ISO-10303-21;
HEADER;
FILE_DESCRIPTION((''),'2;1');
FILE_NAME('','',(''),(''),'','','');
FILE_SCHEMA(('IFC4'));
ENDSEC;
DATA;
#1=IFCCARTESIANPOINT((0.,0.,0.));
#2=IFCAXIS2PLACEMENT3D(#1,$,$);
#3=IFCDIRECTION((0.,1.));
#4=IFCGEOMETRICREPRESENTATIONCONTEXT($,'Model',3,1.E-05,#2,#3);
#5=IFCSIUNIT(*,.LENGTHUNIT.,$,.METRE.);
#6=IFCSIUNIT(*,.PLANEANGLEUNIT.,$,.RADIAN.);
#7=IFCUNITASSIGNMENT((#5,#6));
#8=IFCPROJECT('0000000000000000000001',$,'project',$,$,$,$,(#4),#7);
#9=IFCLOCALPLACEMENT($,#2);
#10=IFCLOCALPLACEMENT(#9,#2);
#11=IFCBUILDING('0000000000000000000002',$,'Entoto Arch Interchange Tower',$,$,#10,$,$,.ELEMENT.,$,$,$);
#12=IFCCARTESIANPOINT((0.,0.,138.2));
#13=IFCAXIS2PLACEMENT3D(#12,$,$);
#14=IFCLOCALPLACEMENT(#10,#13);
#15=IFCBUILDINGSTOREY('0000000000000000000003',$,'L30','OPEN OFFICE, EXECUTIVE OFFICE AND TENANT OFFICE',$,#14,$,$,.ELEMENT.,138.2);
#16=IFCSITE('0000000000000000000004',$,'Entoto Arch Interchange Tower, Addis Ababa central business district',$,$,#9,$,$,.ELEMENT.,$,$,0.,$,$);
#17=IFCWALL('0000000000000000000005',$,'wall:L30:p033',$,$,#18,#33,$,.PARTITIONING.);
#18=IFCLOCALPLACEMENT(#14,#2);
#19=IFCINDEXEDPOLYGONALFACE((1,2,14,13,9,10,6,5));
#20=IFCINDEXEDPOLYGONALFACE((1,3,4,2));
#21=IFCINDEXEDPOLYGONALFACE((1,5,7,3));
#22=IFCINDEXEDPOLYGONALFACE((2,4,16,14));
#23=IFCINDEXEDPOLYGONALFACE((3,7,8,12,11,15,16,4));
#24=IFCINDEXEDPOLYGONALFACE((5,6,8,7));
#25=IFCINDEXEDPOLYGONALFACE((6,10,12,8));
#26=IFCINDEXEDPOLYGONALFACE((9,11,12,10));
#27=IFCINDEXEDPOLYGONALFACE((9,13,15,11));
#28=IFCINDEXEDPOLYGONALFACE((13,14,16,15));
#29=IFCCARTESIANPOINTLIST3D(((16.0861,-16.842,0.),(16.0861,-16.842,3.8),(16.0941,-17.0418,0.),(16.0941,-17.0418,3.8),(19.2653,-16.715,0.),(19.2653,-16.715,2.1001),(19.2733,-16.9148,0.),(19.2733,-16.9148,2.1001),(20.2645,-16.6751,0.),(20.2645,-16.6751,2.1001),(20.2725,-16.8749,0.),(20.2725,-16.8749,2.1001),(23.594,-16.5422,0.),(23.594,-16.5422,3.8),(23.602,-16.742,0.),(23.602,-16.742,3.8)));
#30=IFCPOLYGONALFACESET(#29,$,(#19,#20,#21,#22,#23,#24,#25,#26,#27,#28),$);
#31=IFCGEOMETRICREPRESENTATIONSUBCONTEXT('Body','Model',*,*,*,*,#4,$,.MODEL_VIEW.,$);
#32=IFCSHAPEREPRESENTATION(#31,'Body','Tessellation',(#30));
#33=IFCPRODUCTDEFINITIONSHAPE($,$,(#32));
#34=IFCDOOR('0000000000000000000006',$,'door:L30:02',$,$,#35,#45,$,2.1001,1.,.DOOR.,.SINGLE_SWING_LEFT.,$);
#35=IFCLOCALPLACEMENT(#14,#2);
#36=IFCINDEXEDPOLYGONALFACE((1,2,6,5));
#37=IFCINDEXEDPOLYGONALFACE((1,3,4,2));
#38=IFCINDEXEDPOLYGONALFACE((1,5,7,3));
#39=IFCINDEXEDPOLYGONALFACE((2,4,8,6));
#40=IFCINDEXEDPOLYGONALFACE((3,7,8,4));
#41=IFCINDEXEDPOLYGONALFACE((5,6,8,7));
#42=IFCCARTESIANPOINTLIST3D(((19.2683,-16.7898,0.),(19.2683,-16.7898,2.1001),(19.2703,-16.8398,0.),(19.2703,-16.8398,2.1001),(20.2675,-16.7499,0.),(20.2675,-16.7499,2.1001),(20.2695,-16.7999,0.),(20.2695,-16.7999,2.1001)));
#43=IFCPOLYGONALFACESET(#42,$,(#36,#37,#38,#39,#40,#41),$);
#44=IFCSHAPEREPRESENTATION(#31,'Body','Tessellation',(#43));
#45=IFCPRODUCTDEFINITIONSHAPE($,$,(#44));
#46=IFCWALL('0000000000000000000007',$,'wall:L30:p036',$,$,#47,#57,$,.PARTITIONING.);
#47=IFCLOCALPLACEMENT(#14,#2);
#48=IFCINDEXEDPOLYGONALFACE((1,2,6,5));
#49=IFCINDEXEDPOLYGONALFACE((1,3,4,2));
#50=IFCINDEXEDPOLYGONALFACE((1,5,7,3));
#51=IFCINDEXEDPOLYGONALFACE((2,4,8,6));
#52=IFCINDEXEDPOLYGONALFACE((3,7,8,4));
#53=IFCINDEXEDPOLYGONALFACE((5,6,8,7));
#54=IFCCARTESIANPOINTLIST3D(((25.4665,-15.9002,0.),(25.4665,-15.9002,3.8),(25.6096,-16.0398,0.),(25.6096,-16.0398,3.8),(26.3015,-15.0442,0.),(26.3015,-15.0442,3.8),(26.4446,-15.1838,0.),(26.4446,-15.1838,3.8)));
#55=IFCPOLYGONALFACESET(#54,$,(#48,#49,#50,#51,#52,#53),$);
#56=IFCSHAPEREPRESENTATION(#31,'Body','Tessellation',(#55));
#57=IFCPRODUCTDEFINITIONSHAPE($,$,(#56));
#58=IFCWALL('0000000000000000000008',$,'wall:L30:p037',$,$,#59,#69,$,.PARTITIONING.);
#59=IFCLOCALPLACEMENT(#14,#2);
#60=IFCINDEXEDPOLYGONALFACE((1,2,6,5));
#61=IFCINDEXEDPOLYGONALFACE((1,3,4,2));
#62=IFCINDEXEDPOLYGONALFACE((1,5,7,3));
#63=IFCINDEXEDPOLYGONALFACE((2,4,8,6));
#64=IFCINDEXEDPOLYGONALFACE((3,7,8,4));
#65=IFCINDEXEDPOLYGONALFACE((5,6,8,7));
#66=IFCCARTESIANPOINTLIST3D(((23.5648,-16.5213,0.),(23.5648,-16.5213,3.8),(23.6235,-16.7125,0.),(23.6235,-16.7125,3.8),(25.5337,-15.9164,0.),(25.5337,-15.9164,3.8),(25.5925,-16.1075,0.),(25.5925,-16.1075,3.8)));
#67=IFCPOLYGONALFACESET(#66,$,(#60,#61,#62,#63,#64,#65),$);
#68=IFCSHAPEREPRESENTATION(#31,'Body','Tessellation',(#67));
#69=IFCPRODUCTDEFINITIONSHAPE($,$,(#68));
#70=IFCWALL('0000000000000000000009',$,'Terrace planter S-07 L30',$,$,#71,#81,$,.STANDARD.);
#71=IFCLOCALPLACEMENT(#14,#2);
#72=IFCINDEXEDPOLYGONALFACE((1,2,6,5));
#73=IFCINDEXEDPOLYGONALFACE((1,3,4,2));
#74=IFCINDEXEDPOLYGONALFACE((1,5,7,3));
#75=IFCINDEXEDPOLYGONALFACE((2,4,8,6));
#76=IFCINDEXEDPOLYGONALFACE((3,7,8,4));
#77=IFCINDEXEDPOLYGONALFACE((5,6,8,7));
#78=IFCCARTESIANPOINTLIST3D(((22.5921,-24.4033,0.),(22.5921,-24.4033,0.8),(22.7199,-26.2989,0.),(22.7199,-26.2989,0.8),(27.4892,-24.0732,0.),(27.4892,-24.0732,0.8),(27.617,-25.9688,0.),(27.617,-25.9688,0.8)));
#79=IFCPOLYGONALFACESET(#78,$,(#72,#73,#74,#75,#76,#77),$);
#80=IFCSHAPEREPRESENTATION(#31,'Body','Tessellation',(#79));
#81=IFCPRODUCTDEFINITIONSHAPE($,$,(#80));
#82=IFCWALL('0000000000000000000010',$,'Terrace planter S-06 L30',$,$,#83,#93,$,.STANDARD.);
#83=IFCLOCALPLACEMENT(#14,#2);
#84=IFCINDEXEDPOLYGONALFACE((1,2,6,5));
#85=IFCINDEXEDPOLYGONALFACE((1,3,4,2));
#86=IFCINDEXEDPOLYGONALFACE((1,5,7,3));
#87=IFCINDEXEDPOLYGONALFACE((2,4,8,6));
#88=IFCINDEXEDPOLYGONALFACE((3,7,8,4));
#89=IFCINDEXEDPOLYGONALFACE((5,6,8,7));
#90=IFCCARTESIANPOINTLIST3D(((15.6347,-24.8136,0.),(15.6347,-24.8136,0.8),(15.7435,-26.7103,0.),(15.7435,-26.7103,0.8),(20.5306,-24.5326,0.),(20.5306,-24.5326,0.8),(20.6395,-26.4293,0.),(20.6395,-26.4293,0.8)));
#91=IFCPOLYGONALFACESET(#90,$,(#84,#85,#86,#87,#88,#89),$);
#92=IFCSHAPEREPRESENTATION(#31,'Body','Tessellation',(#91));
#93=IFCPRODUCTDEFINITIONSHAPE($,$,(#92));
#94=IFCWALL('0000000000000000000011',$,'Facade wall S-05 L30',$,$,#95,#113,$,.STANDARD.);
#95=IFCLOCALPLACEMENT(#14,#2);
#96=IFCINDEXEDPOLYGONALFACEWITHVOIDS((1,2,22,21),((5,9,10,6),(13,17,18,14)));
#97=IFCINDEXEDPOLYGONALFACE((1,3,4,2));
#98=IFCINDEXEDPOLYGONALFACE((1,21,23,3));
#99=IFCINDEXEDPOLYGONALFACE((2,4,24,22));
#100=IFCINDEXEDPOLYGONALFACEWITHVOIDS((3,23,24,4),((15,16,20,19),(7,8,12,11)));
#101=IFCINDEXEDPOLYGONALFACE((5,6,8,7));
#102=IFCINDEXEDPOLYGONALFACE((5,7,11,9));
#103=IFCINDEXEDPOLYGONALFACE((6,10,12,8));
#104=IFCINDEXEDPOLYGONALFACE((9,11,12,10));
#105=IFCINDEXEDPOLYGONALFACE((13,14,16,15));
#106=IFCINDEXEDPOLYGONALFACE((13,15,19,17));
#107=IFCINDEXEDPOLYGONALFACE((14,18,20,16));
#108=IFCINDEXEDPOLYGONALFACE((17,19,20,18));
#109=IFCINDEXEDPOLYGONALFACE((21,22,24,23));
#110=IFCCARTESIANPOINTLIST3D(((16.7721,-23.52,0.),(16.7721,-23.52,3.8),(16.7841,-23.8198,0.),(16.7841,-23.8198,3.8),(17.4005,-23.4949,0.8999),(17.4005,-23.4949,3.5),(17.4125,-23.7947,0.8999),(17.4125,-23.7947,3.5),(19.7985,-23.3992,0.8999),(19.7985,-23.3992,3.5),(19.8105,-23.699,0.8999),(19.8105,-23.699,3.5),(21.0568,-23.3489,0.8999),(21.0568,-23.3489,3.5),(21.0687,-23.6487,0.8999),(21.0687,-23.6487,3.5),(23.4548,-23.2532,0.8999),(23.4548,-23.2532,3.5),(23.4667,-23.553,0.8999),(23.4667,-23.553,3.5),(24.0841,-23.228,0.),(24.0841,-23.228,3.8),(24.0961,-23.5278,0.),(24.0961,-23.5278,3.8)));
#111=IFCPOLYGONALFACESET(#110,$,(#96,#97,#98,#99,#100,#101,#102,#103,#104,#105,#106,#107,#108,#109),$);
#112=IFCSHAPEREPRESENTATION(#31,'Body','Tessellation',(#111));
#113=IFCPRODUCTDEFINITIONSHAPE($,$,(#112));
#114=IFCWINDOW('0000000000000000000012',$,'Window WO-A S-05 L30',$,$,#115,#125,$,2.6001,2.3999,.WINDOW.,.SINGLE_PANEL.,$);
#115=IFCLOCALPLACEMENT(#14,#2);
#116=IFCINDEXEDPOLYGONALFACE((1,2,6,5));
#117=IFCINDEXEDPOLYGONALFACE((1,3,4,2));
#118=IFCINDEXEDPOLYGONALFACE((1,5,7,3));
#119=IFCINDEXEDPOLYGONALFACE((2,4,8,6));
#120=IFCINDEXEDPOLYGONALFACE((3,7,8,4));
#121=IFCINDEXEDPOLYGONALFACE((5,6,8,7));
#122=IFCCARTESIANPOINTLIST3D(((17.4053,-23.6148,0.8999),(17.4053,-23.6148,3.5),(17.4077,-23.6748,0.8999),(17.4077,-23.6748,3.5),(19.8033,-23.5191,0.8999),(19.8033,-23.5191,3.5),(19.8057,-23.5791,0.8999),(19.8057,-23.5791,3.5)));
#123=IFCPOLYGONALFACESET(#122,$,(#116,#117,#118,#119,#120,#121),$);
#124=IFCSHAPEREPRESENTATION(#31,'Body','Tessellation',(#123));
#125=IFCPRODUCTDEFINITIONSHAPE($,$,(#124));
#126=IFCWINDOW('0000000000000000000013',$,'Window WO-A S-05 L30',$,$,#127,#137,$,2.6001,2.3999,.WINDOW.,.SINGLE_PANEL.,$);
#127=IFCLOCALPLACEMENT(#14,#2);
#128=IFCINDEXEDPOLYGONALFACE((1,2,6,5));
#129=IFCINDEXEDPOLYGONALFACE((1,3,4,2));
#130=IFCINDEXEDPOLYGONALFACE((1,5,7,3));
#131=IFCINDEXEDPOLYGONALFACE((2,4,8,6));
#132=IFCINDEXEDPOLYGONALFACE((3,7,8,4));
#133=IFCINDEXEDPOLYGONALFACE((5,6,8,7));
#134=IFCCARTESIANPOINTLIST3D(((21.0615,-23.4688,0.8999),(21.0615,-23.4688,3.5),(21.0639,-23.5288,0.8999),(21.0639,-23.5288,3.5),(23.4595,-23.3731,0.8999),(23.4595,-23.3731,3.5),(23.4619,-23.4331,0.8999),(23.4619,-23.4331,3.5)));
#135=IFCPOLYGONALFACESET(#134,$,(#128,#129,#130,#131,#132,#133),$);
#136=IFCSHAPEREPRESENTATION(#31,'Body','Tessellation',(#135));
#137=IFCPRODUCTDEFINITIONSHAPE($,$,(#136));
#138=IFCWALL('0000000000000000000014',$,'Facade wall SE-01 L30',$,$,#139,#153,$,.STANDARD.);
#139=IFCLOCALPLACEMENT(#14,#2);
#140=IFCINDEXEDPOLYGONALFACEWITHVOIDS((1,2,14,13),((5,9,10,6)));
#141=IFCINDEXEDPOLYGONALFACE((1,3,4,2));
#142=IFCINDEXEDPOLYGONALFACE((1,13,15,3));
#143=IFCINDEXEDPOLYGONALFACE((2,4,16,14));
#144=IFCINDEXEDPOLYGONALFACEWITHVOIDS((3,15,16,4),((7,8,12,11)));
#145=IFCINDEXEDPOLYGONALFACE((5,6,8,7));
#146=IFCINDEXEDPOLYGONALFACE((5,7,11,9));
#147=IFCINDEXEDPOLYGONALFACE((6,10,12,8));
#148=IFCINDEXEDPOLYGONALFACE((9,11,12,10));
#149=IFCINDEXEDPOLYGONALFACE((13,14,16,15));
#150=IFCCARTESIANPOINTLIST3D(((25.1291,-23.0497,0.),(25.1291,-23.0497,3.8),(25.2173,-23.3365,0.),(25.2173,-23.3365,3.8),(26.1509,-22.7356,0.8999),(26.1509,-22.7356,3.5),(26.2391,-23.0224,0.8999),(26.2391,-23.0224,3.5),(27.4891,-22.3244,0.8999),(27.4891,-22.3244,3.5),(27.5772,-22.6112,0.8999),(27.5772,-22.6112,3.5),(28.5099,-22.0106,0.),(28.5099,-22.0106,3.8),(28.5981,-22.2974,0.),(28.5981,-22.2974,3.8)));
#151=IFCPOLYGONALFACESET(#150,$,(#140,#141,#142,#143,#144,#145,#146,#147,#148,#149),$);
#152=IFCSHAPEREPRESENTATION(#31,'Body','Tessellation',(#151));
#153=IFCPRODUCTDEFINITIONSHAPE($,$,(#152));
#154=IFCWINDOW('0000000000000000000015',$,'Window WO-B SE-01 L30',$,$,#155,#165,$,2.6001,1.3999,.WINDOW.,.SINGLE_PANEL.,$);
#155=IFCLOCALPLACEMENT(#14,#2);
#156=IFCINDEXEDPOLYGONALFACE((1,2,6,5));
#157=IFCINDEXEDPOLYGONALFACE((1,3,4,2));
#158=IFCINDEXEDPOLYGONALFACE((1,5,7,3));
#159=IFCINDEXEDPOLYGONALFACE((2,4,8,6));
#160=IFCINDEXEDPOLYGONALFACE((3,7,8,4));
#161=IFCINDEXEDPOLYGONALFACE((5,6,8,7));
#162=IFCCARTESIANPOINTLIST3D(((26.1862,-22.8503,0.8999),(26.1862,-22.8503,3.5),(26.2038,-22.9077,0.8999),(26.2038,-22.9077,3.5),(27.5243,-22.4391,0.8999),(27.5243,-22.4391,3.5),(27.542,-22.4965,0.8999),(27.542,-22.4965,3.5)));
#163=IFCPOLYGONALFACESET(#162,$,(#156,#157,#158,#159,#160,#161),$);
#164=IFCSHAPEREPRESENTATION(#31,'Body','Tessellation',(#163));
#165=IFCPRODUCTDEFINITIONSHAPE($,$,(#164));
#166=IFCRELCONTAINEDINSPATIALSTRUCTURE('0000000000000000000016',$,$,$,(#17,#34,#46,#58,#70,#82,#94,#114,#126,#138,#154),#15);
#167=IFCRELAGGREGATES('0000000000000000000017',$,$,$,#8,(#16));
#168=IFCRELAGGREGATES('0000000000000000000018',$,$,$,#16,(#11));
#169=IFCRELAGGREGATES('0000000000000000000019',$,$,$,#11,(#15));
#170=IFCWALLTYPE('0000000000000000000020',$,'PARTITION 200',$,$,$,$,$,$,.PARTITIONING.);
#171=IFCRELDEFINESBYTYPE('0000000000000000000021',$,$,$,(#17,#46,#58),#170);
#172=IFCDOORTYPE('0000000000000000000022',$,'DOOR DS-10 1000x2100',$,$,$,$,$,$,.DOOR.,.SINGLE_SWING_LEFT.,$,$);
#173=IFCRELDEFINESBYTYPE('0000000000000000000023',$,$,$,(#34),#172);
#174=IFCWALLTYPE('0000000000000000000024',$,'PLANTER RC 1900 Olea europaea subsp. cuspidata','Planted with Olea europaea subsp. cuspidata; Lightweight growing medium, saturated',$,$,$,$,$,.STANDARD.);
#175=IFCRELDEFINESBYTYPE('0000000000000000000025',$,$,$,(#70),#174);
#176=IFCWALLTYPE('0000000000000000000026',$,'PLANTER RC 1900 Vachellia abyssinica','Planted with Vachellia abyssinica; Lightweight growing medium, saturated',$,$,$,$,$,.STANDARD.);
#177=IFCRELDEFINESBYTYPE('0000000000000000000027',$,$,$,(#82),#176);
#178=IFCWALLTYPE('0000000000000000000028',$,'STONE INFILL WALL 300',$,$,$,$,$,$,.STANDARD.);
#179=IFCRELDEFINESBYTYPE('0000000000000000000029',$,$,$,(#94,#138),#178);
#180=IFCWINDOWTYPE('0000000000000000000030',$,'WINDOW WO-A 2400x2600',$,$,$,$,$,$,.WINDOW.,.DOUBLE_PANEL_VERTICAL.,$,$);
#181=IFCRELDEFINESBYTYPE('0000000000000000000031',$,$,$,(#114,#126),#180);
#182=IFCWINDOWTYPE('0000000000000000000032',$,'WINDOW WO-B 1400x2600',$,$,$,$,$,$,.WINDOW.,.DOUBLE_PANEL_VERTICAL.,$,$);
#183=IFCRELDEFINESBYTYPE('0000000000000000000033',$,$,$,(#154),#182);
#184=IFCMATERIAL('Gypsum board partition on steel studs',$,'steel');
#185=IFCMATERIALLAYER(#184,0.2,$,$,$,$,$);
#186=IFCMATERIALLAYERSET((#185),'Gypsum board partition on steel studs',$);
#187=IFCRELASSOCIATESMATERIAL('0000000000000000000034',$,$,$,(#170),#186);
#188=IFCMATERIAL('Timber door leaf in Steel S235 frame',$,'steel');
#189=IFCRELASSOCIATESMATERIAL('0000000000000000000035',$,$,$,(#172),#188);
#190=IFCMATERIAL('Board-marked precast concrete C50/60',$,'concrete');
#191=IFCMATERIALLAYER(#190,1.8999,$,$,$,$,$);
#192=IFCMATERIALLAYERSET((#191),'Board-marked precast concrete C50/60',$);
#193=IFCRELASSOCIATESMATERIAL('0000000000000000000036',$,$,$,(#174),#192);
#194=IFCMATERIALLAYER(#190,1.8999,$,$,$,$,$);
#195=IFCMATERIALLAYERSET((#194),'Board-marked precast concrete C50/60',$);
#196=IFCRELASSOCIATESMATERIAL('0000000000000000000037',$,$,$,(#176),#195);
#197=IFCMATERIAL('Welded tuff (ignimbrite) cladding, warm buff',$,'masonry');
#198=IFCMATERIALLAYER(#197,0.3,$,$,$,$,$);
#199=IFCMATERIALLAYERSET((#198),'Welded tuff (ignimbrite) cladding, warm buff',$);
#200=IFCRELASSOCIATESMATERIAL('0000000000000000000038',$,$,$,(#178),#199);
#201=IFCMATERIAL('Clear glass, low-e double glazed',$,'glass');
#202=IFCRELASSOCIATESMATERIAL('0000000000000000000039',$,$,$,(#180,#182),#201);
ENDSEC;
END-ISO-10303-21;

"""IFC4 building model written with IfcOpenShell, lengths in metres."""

from ifc_helpers import new_model, si_unit, direction, frame, frame_2d, origin, place, context, subcontext, project, spatial, rectangle, extrude, material, layer, layer_set, type_object, element, fill, save


model = new_model("IFC4")

# Units and contexts
model_context = context("Model", 3, precision=1e-05, world=origin(), true_north=direction((0.0, 1.0)))
body_context = subcontext(model_context, "Body", "Model", "MODEL_VIEW")
ifc_project = project(units=[si_unit("LENGTHUNIT", "METRE"), si_unit("PLANEANGLEUNIT", "RADIAN")], contexts=[model_context])

# Site, building, storey
site_placement = place(None, origin())
site = spatial("IfcSite", under=ifc_project, at=site_placement, Name="Entoto Arch Interchange Tower, Addis Ababa central business district", CompositionType="ELEMENT", RefElevation=0.0)
building_placement = place(site_placement, origin())
building = spatial("IfcBuilding", under=site, at=building_placement, Name="Entoto Arch Interchange Tower", CompositionType="ELEMENT")
storey_placement = place(building_placement, frame((0.0, 0.0, 138.2)))
storey = spatial("IfcBuildingStorey", under=building, at=storey_placement, Name="L30", Description="OPEN OFFICE, EXECUTIVE OFFICE AND TENANT OFFICE", CompositionType="ELEMENT", Elevation=138.2)

# Shared definitions
ifc_material_1 = material(Name="Gypsum board partition on steel studs", Category="steel")
ifc_layer_1 = layer(ifc_material_1, 0.2)
ifc_layer_set_1 = layer_set([ifc_layer_1], Name="Gypsum board partition on steel studs")
wall_type_1 = type_object("IfcWallType", Name="PARTITION 200", PredefinedType="PARTITIONING", material=ifc_layer_set_1)

# Wall, opening, door
ifc_material_2 = material(Name="Timber door leaf in Steel S235 frame", Category="steel")
door_type = type_object("IfcDoorType", Name="DOOR DS-10 1000x2100", OperationType="SINGLE_SWING_LEFT", PredefinedType="DOOR", material=ifc_material_2)
wall_1_placement = place(storey_placement, frame((23.5979, -16.6421, 0.0), z_axis=(0.0, 0.0, 1.0), x_axis=(-0.999204, -0.039901, 0.0)))
wall_1 = element("IfcWall", 1, at=wall_1_placement, inside=storey, type_object=wall_type_1, Name="wall:L30:p033", PredefinedType="PARTITIONING", context=body_context, shape_type="SweptSolid", body=[
    extrude(rectangle(XDim=7.5139, YDim=0.2, at=frame_2d((3.7568, 0.0))), origin(), (0.0, 0.0, 1.0), 3.8),
])
opening_1_placement = place(wall_1_placement, frame((3.332, 0.0, 0.0)))
opening_1 = element("IfcOpeningElement", 2, at=opening_1_placement, cuts=wall_1, PredefinedType="OPENING", context=body_context, shape_type="SweptSolid", body=[
    extrude(rectangle(XDim=1.0, YDim=2.1001, at=frame_2d((0.5, 1.05))), frame((0.0, 0.1099, 0.0), z_axis=(0.0, -1.0, 0.0), x_axis=(1.0, 0.0, 0.0)), (0.0, 0.0, 1.0), 0.22),
])
door_1_placement = place(opening_1_placement, origin())
door_1 = element("IfcDoor", 3, at=door_1_placement, inside=storey, type_object=door_type, Name="door:L30:02", OperationType="SINGLE_SWING_LEFT", OverallHeight=2.1001, OverallWidth=1.0, PredefinedType="DOOR", context=body_context, shape_type="SweptSolid", body=[
    extrude(rectangle(XDim=1.0, YDim=2.1001, at=frame_2d((0.5, 1.05))), frame((0.0, 0.0249, 0.0), z_axis=(0.0, -1.0, 0.0), x_axis=(1.0, 0.0, 0.0)), (0.0, 0.0, 1.0), 0.05),
])
fill(opening_1, door_1)

# Walls
wall_2_placement = place(storey_placement, frame((26.373, -15.114, 0.0), z_axis=(0.0, 0.0, 1.0), x_axis=(-0.698273, -0.715832, 0.0)))
element("IfcWall", 4, at=wall_2_placement, inside=storey, type_object=wall_type_1, Name="wall:L30:p036", PredefinedType="PARTITIONING", context=body_context, shape_type="SweptSolid", body=[
    extrude(rectangle(XDim=1.1958, YDim=0.2, at=frame_2d((0.5979, 0.0))), origin(), (0.0, 0.0, 1.0), 3.8),
])
wall_3_placement = place(storey_placement, frame((25.563, -16.012, 0.0), z_axis=(0.0, 0.0, 1.0), x_axis=(-0.955897, -0.293703, 0.0)))
element("IfcWall", 5, at=wall_3_placement, inside=storey, type_object=wall_type_1, Name="wall:L30:p037", PredefinedType="PARTITIONING", context=body_context, shape_type="SweptSolid", body=[
    extrude(rectangle(XDim=2.0598, YDim=0.2, at=frame_2d((1.0298, 0.0))), origin(), (0.0, 0.0, 1.0), 3.8),
])
ifc_material_3 = material(Name="Board-marked precast concrete C50/60", Category="concrete")
ifc_layer_2 = layer(ifc_material_3, 1.8999)
ifc_layer_set_2 = layer_set([ifc_layer_2], Name="Board-marked precast concrete C50/60")
wall_type_2 = type_object("IfcWallType", Name="PLANTER RC 1900 Olea europaea subsp. cuspidata", Description="Planted with Olea europaea subsp. cuspidata; Lightweight growing medium, saturated", PredefinedType="STANDARD", material=ifc_layer_set_2)
wall_4_placement = place(storey_placement, frame((22.656, -25.3511, 0.0), z_axis=(0.0, 0.0, 1.0), x_axis=(0.997736, 0.067252, 0.0)))
element("IfcWall", 6, at=wall_4_placement, inside=storey, type_object=wall_type_2, Name="Terrace planter S-07 L30", PredefinedType="STANDARD", context=body_context, shape_type="SweptSolid", body=[
    extrude(rectangle(XDim=4.9082, YDim=1.8999, at=frame_2d((2.4541, 0.0))), origin(), (0.0, 0.0, 1.0), 0.8),
])
ifc_layer_3 = layer(ifc_material_3, 1.8999)
ifc_layer_set_3 = layer_set([ifc_layer_3], Name="Board-marked precast concrete C50/60")
wall_type_3 = type_object("IfcWallType", Name="PLANTER RC 1900 Vachellia abyssinica", Description="Planted with Vachellia abyssinica; Lightweight growing medium, saturated", PredefinedType="STANDARD", material=ifc_layer_set_3)
wall_5_placement = place(storey_placement, frame((15.689, -25.762, 0.0), z_axis=(0.0, 0.0, 1.0), x_axis=(0.998357, 0.057301, 0.0)))
element("IfcWall", 7, at=wall_5_placement, inside=storey, type_object=wall_type_3, Name="Terrace planter S-06 L30", PredefinedType="STANDARD", context=body_context, shape_type="SweptSolid", body=[
    extrude(rectangle(XDim=4.9041, YDim=1.8999, at=frame_2d((2.4521, 0.0))), origin(), (0.0, 0.0, 1.0), 0.8),
])

# Wall, openings, windows
ifc_material_4 = material(Name="Welded tuff (ignimbrite) cladding, warm buff", Category="masonry")
ifc_layer_4 = layer(ifc_material_4, 0.3)
ifc_layer_set_4 = layer_set([ifc_layer_4], Name="Welded tuff (ignimbrite) cladding, warm buff")
wall_type_4 = type_object("IfcWallType", Name="STONE INFILL WALL 300", PredefinedType="STANDARD", material=ifc_layer_set_4)
wall_6_placement = place(storey_placement, frame((16.7781, -23.6699, 0.0), z_axis=(0.0, 0.0, 1.0), x_axis=(0.999204, 0.039901, 0.0)))
wall_6 = element("IfcWall", 8, at=wall_6_placement, inside=storey, type_object=wall_type_4, Name="Facade wall S-05 L30", PredefinedType="STANDARD", context=body_context, shape_type="SweptSolid", body=[
    extrude(rectangle(XDim=7.3179, YDim=0.3, at=frame_2d((3.6589, 0.0))), origin(), (0.0, 0.0, 1.0), 3.8),
])
opening_2_placement = place(wall_6_placement, frame((0.6289, 0.0, 0.8999)))
opening_2 = element("IfcOpeningElement", 9, at=opening_2_placement, cuts=wall_6, PredefinedType="OPENING", context=body_context, shape_type="SweptSolid", body=[
    extrude(rectangle(XDim=2.3999, YDim=2.6001, at=frame_2d((1.2, 1.3))), frame((0.0, 0.1602, 0.0), z_axis=(0.0, -1.0, 0.0), x_axis=(1.0, 0.0, 0.0)), (0.0, 0.0, 1.0), 0.3201),
])
opening_3_placement = place(wall_6_placement, frame((4.2881, 0.0, 0.8999)))
opening_3 = element("IfcOpeningElement", 10, at=opening_3_placement, cuts=wall_6, PredefinedType="OPENING", context=body_context, shape_type="SweptSolid", body=[
    extrude(rectangle(XDim=2.3999, YDim=2.6001, at=frame_2d((1.2, 1.3))), frame((0.0, 0.1602, 0.0), z_axis=(0.0, -1.0, 0.0), x_axis=(1.0, 0.0, 0.0)), (0.0, 0.0, 1.0), 0.3201),
])
ifc_material_5 = material(Name="Clear glass, low-e double glazed", Category="glass")
window_type_1 = type_object("IfcWindowType", Name="WINDOW WO-A 2400x2600", PartitioningType="DOUBLE_PANEL_VERTICAL", PredefinedType="WINDOW", material=ifc_material_5)
window_1_placement = place(opening_2_placement, origin())
window_1 = element("IfcWindow", 11, at=window_1_placement, inside=storey, type_object=window_type_1, Name="Window WO-A S-05 L30", OverallHeight=2.6001, OverallWidth=2.3999, PartitioningType="SINGLE_PANEL", PredefinedType="WINDOW", context=body_context, shape_type="SweptSolid", body=[
    extrude(rectangle(XDim=2.3999, YDim=2.6001, at=frame_2d((1.2, 1.3))), frame((0.0, 0.03, 0.0), z_axis=(0.0, -1.0, 0.0), x_axis=(1.0, 0.0, 0.0)), (0.0, 0.0, 1.0), 0.0601),
])
fill(opening_2, window_1)
window_2_placement = place(opening_3_placement, origin())
window_2 = element("IfcWindow", 12, at=window_2_placement, inside=storey, type_object=window_type_1, Name="Window WO-A S-05 L30", OverallHeight=2.6001, OverallWidth=2.3999, PartitioningType="SINGLE_PANEL", PredefinedType="WINDOW", context=body_context, shape_type="SweptSolid", body=[
    extrude(rectangle(XDim=2.3999, YDim=2.6001, at=frame_2d((1.2, 1.3))), frame((0.0, 0.03, 0.0), z_axis=(0.0, -1.0, 0.0), x_axis=(1.0, 0.0, 0.0)), (0.0, 0.0, 1.0), 0.0601),
])
fill(opening_3, window_2)

# Wall, opening, window
wall_7_placement = place(storey_placement, frame((25.1731, -23.1931, 0.0), z_axis=(0.0, 0.0, 1.0), x_axis=(0.955874, 0.293775, 0.0)))
wall_7 = element("IfcWall", 13, at=wall_7_placement, inside=storey, type_object=wall_type_4, Name="Facade wall SE-01 L30", PredefinedType="STANDARD", context=body_context, shape_type="SweptSolid", body=[
    extrude(rectangle(XDim=3.5369, YDim=0.3, at=frame_2d((1.7686, 0.0))), origin(), (0.0, 0.0, 1.0), 3.8),
])
opening_4_placement = place(wall_7_placement, frame((1.0691, 0.0, 0.8999)))
opening_4 = element("IfcOpeningElement", 14, at=opening_4_placement, cuts=wall_7, PredefinedType="OPENING", context=body_context, shape_type="SweptSolid", body=[
    extrude(rectangle(XDim=1.3999, YDim=2.6001, at=frame_2d((0.7, 1.3))), frame((0.0, 0.1602, 0.0), z_axis=(0.0, -1.0, 0.0), x_axis=(1.0, 0.0, 0.0)), (0.0, 0.0, 1.0), 0.3201),
])
window_type_2 = type_object("IfcWindowType", Name="WINDOW WO-B 1400x2600", PartitioningType="DOUBLE_PANEL_VERTICAL", PredefinedType="WINDOW", material=ifc_material_5)
window_3_placement = place(opening_4_placement, origin())
window_3 = element("IfcWindow", 15, at=window_3_placement, inside=storey, type_object=window_type_2, Name="Window WO-B SE-01 L30", OverallHeight=2.6001, OverallWidth=1.3999, PartitioningType="SINGLE_PANEL", PredefinedType="WINDOW", context=body_context, shape_type="SweptSolid", body=[
    extrude(rectangle(XDim=1.3999, YDim=2.6001, at=frame_2d((0.7, 1.3))), frame((0.0, 0.03, 0.0), z_axis=(0.0, -1.0, 0.0), x_axis=(1.0, 0.0, 0.0)), (0.0, 0.0, 1.0), 0.0601),
])
fill(opening_4, window_3)

save(model, "model.ifc")
